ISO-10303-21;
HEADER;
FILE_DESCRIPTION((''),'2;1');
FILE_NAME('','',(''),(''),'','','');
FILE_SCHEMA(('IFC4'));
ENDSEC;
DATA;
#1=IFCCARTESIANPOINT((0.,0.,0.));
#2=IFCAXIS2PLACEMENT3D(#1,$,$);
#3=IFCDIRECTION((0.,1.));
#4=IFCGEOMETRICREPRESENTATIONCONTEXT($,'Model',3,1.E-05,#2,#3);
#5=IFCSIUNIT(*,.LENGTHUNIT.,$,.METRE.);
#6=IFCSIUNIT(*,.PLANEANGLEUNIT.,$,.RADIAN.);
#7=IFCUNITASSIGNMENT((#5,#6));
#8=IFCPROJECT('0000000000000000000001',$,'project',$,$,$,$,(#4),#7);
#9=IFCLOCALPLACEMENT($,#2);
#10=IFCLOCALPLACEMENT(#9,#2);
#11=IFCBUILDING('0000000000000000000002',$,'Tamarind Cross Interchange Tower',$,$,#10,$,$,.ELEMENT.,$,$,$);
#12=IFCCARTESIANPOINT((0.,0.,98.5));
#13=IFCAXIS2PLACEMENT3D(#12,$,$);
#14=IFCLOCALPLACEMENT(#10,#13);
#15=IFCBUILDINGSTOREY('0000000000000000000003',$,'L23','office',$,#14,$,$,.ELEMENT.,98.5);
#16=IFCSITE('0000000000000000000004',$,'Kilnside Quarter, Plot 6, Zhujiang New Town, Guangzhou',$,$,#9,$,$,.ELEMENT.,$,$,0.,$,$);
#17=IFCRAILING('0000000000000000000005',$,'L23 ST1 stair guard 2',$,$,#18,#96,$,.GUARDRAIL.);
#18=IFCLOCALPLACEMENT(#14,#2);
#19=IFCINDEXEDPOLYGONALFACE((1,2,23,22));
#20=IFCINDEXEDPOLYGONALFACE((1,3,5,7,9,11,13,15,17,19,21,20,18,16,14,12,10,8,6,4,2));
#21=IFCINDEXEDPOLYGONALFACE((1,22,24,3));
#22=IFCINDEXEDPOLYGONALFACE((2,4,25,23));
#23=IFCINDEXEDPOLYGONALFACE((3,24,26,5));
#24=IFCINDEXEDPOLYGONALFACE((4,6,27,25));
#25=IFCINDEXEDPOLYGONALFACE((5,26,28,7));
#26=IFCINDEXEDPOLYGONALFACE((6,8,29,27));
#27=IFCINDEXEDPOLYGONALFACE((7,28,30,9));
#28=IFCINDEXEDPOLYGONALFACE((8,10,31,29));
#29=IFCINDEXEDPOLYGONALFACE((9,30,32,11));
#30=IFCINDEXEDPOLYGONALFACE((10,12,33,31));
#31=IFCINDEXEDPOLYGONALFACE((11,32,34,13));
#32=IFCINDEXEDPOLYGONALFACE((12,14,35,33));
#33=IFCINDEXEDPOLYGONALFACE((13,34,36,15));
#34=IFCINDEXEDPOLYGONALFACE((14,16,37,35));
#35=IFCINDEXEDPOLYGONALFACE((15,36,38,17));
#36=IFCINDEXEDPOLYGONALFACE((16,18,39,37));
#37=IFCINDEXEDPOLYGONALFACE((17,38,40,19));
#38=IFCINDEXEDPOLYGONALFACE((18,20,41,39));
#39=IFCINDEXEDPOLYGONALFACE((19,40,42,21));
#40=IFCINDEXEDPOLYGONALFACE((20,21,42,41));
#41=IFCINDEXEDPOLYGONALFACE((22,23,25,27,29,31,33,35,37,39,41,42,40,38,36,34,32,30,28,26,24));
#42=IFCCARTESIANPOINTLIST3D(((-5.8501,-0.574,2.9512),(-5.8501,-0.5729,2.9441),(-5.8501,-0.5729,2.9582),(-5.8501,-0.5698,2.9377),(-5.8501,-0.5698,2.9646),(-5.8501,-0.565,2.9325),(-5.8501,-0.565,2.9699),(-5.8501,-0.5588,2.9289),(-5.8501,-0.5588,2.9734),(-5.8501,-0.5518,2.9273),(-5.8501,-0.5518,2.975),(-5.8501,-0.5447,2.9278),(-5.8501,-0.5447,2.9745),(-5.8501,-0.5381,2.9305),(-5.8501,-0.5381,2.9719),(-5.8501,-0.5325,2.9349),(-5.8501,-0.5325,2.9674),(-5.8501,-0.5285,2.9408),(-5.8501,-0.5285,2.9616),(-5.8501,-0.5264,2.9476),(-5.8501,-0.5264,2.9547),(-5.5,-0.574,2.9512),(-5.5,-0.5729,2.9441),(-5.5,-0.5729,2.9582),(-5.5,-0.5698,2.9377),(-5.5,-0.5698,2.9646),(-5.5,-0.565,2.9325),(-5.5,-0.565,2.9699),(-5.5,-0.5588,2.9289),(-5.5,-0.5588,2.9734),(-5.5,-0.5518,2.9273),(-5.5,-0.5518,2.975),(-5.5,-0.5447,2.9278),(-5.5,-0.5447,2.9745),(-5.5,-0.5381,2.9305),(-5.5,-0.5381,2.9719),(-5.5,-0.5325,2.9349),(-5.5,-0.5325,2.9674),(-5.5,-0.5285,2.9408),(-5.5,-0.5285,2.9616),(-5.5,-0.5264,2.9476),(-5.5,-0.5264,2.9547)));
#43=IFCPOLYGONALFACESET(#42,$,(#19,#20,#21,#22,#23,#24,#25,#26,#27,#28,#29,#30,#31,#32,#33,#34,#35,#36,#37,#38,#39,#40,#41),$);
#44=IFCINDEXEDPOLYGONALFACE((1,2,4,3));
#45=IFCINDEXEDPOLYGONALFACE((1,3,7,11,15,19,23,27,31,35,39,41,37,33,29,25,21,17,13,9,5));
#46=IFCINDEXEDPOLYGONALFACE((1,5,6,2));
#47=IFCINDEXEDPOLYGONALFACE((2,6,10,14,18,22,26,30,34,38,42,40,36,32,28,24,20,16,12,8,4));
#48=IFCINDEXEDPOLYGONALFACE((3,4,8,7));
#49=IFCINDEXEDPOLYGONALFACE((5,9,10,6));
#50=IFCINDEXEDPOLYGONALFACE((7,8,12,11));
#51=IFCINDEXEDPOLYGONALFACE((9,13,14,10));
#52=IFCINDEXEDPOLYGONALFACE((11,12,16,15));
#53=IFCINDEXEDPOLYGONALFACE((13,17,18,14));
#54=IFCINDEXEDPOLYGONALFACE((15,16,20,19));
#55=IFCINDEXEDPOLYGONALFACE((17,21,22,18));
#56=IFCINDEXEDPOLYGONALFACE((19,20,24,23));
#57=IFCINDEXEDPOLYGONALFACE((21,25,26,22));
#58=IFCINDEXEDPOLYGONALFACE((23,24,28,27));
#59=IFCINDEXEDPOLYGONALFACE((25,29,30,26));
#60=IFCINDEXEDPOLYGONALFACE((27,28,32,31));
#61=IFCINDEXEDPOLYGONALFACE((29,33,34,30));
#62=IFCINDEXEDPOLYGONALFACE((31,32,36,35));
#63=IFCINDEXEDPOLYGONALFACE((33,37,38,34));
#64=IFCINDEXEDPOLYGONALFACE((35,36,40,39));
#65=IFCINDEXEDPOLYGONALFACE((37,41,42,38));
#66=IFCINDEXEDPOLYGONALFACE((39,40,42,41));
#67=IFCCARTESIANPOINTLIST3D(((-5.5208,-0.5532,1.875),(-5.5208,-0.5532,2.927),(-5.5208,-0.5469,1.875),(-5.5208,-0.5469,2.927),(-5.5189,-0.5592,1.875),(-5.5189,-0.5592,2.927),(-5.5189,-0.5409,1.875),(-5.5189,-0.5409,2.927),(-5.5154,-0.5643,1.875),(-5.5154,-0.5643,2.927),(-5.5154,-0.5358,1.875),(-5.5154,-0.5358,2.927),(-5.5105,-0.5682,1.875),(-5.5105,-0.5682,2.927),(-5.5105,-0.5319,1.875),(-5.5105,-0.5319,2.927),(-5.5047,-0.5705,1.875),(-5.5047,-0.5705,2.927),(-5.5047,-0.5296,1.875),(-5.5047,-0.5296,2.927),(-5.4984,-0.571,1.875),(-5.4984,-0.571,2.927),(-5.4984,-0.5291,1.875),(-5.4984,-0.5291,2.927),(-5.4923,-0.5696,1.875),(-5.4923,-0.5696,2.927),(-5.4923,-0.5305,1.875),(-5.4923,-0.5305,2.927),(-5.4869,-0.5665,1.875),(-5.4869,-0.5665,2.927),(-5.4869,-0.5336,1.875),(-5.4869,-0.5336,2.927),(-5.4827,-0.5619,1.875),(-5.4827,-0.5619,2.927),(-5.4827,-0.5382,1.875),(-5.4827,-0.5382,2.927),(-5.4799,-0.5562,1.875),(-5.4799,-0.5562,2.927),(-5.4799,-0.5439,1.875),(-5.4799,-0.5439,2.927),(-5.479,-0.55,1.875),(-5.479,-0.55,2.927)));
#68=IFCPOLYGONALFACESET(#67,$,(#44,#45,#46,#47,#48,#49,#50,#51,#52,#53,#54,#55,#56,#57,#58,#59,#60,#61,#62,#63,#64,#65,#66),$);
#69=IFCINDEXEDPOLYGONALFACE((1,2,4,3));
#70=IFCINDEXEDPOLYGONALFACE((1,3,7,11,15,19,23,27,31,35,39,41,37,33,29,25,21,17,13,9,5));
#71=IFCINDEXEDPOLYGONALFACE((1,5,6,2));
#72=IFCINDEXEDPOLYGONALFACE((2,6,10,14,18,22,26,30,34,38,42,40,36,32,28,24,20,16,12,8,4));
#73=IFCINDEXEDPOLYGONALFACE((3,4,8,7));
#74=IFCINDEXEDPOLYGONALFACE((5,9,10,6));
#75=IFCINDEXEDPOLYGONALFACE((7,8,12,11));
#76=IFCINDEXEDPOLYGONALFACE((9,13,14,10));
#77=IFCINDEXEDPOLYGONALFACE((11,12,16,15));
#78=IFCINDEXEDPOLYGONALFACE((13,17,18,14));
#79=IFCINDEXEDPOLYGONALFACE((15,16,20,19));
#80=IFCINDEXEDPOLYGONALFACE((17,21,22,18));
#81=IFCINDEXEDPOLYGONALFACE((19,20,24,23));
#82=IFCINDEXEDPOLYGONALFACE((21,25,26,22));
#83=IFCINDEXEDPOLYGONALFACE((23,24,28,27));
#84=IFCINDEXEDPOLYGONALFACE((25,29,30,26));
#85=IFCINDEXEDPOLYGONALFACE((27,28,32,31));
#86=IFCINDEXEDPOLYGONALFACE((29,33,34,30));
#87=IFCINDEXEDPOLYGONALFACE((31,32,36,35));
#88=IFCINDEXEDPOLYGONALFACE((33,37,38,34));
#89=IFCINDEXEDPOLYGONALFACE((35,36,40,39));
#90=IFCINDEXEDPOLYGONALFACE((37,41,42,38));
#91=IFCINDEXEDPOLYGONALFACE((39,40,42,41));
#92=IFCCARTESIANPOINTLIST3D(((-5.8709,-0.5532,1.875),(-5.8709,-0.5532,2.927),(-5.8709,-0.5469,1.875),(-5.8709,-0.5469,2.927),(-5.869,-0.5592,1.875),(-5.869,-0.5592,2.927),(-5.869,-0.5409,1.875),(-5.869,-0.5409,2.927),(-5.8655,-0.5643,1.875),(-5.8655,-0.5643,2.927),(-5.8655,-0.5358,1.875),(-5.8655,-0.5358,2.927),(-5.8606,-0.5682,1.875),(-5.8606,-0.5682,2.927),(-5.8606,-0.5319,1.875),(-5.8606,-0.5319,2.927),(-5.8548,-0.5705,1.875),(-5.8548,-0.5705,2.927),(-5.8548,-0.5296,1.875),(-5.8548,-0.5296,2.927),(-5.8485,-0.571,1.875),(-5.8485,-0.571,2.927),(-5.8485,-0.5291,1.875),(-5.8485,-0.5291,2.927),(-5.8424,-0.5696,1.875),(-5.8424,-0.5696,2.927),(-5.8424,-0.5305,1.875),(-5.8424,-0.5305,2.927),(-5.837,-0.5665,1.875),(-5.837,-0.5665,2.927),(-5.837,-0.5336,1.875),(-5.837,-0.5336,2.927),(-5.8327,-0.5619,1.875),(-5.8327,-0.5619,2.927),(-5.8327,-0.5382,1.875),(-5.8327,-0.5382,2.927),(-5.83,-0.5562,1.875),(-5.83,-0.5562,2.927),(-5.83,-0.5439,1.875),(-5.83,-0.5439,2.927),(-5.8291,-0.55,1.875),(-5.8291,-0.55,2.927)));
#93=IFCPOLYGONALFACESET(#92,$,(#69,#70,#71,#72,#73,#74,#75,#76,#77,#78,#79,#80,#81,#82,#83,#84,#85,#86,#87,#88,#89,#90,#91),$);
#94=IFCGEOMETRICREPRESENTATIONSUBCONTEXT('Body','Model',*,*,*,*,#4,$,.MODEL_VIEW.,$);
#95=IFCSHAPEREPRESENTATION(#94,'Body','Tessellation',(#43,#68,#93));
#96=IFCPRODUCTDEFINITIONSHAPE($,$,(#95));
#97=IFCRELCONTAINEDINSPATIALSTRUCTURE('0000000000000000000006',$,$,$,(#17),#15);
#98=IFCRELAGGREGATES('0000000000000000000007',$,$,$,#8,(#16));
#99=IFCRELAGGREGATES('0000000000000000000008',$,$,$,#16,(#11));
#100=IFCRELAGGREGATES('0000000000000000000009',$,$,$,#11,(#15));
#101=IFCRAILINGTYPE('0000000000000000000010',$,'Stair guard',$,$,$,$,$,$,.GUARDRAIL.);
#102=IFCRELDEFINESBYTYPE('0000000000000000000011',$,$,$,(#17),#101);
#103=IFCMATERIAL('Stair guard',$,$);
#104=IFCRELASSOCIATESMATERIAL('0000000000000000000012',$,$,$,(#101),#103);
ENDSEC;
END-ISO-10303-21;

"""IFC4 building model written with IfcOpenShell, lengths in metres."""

from ifc_helpers import new_model, si_unit, direction, frame, origin, origin_2d, place, context, subcontext, project, spatial, circle, extrude, material, type_object, element, save


model = new_model("IFC4")

# Units and contexts
model_context = context("Model", 3, precision=1e-05, world=origin(), true_north=direction((0.0, 1.0)))
body_context = subcontext(model_context, "Body", "Model", "MODEL_VIEW")
ifc_project = project(units=[si_unit("LENGTHUNIT", "METRE"), si_unit("PLANEANGLEUNIT", "RADIAN")], contexts=[model_context])

# Site, building, storey
site_placement = place(None, origin())
site = spatial("IfcSite", under=ifc_project, at=site_placement, Name="Kilnside Quarter, Plot 6, Zhujiang New Town, Guangzhou", CompositionType="ELEMENT", RefElevation=0.0)
building_placement = place(site_placement, origin())
building = spatial("IfcBuilding", under=site, at=building_placement, Name="Tamarind Cross Interchange Tower", CompositionType="ELEMENT")
storey_placement = place(building_placement, frame((0.0, 0.0, 98.5)))
storey = spatial("IfcBuildingStorey", under=building, at=storey_placement, Name="L23", Description="office", CompositionType="ELEMENT", Elevation=98.5)

# Railing
ifc_material_1 = material(Name="Stair guard")
railing_type_1 = type_object("IfcRailingType", Name="Stair guard", PredefinedType="GUARDRAIL", material=ifc_material_1)
railing_1_placement = place(storey_placement, frame((-5.5, -0.55, 1.875)))
element("IfcRailing", 1, at=railing_1_placement, inside=storey, type_object=railing_type_1, Name="L23 ST1 stair guard 2", PredefinedType="GUARDRAIL", context=body_context, shape_type="SweptSolid", body=[
    extrude(circle(Radius=0.0239, at=origin_2d()), frame((0.0, 0.0, 1.0762), z_axis=(-1.0, 0.0, 0.0), x_axis=(0.0, -1.0, 0.0)), (0.0, 0.0, 1.0), 0.3501),
    extrude(circle(Radius=0.021, at=origin_2d()), origin(), (0.0, 0.0, 1.0), 1.052),
    extrude(circle(Radius=0.021, at=origin_2d()), frame((-0.3501, 0.0, 0.0)), (0.0, 0.0, 1.0), 1.052),
])

save(model, "model.ifc")
